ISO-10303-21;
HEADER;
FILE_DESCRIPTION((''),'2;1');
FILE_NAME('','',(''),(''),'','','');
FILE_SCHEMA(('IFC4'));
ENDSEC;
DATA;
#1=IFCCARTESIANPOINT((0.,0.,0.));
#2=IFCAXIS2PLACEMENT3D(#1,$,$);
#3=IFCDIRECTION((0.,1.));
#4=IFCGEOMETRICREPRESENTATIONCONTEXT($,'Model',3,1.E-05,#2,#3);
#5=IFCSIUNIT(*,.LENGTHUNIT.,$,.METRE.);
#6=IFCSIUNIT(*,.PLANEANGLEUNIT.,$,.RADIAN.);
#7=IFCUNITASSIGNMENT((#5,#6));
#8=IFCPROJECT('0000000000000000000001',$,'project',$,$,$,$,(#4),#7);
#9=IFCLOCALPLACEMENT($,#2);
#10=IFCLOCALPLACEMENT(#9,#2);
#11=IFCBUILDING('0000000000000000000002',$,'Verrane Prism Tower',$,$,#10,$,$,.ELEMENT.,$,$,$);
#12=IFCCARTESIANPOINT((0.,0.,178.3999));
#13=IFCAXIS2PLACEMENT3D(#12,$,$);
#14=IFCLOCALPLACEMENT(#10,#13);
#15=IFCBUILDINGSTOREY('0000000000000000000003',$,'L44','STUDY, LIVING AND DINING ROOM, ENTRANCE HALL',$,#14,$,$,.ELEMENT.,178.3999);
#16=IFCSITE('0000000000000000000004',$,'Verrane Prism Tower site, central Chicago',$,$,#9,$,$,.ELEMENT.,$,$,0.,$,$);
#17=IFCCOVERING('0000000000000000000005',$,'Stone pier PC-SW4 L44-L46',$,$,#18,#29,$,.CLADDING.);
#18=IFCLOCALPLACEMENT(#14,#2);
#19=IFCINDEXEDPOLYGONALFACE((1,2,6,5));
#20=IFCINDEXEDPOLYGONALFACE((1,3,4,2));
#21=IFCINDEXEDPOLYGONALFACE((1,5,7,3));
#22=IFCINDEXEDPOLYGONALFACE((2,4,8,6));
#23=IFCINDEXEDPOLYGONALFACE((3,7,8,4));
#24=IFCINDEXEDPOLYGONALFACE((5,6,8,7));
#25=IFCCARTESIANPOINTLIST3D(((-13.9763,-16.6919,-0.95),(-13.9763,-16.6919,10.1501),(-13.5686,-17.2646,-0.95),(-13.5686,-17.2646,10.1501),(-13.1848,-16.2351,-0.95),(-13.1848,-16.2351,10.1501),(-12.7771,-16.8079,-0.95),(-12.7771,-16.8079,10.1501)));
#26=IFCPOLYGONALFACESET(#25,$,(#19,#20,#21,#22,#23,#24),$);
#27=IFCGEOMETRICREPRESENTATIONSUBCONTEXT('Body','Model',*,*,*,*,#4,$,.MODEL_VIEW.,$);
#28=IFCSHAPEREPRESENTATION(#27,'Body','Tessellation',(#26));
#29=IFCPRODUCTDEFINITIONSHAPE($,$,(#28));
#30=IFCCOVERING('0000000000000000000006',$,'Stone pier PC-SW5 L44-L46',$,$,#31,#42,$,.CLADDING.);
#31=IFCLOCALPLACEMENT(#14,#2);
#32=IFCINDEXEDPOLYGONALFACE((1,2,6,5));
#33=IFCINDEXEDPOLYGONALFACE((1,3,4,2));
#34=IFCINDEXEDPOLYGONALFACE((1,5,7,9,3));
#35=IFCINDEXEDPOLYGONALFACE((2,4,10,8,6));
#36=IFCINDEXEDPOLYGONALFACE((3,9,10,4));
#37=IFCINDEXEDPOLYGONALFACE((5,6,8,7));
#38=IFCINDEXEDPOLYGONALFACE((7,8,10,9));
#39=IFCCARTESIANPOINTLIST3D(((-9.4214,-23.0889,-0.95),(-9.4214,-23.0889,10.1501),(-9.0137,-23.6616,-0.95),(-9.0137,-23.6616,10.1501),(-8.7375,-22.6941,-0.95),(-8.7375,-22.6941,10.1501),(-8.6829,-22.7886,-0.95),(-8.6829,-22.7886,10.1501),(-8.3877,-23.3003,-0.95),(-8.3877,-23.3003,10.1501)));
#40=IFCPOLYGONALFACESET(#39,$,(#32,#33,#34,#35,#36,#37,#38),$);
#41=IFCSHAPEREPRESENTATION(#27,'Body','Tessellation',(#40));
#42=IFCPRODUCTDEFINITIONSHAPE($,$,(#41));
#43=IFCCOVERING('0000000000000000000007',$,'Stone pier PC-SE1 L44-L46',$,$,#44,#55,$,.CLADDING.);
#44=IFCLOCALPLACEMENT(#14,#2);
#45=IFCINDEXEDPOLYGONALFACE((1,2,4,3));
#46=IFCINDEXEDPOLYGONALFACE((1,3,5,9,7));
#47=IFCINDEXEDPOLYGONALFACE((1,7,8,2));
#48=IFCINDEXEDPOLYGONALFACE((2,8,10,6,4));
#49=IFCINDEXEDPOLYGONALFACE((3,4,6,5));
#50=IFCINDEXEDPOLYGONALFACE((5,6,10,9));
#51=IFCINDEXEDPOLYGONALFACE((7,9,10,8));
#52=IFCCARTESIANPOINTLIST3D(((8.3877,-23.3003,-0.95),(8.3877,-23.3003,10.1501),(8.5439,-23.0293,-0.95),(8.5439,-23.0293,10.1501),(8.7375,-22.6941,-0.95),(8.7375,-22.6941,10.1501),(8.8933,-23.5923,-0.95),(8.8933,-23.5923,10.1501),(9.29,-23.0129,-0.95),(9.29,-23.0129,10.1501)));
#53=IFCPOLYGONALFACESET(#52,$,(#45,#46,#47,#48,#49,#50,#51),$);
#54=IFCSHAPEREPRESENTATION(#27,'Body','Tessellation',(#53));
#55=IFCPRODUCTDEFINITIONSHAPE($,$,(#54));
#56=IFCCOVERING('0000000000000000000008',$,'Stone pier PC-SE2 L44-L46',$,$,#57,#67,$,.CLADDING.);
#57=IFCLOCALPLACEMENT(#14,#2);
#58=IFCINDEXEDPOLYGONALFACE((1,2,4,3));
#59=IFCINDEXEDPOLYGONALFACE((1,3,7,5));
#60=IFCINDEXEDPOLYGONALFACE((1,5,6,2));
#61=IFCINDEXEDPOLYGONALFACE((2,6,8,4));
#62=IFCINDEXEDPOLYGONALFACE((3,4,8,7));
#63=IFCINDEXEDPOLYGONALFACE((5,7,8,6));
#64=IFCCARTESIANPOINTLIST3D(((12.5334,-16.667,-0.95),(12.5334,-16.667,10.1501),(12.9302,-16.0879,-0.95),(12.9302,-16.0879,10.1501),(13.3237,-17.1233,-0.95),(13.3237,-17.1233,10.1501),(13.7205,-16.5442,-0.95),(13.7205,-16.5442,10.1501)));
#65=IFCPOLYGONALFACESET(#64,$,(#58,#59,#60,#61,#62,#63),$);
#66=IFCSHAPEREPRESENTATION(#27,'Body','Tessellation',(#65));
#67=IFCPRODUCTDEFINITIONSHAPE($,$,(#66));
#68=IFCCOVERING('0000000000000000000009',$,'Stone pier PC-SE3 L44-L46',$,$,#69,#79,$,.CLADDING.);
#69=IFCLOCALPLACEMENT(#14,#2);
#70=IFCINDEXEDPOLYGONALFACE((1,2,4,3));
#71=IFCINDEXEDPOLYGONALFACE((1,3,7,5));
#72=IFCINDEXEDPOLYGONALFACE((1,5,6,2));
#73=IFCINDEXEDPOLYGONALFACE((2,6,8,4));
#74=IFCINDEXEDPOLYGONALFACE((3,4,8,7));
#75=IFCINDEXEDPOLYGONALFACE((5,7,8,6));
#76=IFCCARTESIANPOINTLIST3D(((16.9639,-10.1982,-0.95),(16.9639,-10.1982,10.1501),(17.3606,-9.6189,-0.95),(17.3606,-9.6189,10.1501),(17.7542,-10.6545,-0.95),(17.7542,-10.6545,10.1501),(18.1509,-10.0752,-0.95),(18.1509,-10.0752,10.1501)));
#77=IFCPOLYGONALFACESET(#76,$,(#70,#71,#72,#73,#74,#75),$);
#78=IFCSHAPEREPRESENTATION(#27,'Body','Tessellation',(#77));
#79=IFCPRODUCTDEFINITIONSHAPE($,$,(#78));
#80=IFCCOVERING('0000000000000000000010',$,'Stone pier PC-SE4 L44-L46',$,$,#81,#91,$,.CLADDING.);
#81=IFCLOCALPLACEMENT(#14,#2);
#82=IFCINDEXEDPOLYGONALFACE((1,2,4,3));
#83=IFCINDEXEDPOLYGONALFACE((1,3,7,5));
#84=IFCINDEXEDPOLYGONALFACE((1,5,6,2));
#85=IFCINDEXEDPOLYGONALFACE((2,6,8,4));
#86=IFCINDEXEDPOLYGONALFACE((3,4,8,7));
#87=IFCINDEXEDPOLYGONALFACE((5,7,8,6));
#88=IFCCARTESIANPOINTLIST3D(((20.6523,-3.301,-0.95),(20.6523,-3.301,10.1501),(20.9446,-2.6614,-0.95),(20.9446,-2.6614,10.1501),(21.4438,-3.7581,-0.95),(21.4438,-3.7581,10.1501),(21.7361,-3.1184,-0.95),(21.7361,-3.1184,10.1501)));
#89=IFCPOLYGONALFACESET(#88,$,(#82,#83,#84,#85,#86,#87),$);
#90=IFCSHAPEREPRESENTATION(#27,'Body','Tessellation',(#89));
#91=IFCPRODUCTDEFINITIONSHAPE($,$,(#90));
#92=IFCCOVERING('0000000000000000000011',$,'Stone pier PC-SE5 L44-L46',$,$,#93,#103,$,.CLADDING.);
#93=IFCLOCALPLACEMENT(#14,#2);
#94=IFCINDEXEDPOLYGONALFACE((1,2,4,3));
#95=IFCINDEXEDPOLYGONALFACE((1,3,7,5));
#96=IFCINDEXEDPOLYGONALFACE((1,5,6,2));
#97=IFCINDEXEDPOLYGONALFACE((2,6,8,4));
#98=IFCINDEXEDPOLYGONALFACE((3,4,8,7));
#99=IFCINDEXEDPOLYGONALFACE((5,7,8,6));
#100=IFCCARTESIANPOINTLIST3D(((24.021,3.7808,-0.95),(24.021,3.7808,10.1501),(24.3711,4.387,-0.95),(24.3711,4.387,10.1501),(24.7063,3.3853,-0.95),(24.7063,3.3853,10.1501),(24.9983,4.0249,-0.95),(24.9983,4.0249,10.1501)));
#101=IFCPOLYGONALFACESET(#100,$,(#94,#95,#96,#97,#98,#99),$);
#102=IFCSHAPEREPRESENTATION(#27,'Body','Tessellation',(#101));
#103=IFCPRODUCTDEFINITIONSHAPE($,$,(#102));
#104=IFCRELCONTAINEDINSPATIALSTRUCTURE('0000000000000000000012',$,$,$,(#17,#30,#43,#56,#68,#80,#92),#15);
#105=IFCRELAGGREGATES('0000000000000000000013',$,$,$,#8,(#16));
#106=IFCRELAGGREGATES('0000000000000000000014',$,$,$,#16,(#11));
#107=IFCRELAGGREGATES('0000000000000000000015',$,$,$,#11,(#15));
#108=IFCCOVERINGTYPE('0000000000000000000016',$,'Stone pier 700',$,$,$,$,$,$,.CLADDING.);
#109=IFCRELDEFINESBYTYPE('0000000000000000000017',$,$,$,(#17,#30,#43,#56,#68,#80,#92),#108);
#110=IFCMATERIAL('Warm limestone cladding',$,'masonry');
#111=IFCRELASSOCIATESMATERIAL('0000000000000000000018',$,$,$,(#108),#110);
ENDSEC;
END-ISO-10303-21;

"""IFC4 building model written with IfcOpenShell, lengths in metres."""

from ifc_helpers import new_model, si_unit, direction, frame, origin, place, context, subcontext, project, spatial, polyline, outline, extrude, material, type_object, element, save


model = new_model("IFC4")

# Units and contexts
model_context = context("Model", 3, precision=1e-05, world=origin(), true_north=direction((0.0, 1.0)))
body_context = subcontext(model_context, "Body", "Model", "MODEL_VIEW")
ifc_project = project(units=[si_unit("LENGTHUNIT", "METRE"), si_unit("PLANEANGLEUNIT", "RADIAN")], contexts=[model_context])

# Site, building, storey
site_placement = place(None, origin())
site = spatial("IfcSite", under=ifc_project, at=site_placement, Name="Verrane Prism Tower site, central Chicago", CompositionType="ELEMENT", RefElevation=0.0)
building_placement = place(site_placement, origin())
building = spatial("IfcBuilding", under=site, at=building_placement, Name="Verrane Prism Tower", CompositionType="ELEMENT")
storey_placement = place(building_placement, frame((0.0, 0.0, 178.3999)))
storey = spatial("IfcBuildingStorey", under=building, at=storey_placement, Name="L44", Description="STUDY, LIVING AND DINING ROOM, ENTRANCE HALL", CompositionType="ELEMENT", Elevation=178.3999)

# Coverings
ifc_material_1 = material(Name="Warm limestone cladding", Category="masonry")
covering_type_1 = type_object("IfcCoveringType", Name="Stone pier 700", PredefinedType="CLADDING", material=ifc_material_1)
covering_1_placement = place(storey_placement, frame((0.0, 0.0, -0.95)))
element("IfcCovering", 1, at=covering_1_placement, inside=storey, type_object=covering_type_1, Name="Stone pier PC-SW4 L44-L46", PredefinedType="CLADDING", context=body_context, shape_type="SweptSolid", body=[
    extrude(outline(polyline([(-13.5686, -17.2646), (-12.7771, -16.8079), (-13.1848, -16.2351), (-13.9763, -16.6919), (-13.5686, -17.2646)])), origin(), (0.0, 0.0, 1.0), 11.1001),
])
covering_2_placement = place(storey_placement, frame((0.0, 0.0, -0.95)))
element("IfcCovering", 2, at=covering_2_placement, inside=storey, type_object=covering_type_1, Name="Stone pier PC-SW5 L44-L46", PredefinedType="CLADDING", context=body_context, shape_type="SweptSolid", body=[
    extrude(outline(polyline([(-8.3877, -23.3003), (-8.6829, -22.7886), (-8.7375, -22.6941), (-9.4214, -23.0889), (-9.0137, -23.6616), (-8.3877, -23.3003)])), origin(), (0.0, 0.0, 1.0), 11.1001),
])
covering_3_placement = place(storey_placement, frame((0.0, 0.0, -0.95)))
element("IfcCovering", 3, at=covering_3_placement, inside=storey, type_object=covering_type_1, Name="Stone pier PC-SE1 L44-L46", PredefinedType="CLADDING", context=body_context, shape_type="SweptSolid", body=[
    extrude(outline(polyline([(8.7375, -22.6941), (8.5439, -23.0293), (8.3877, -23.3003), (8.8933, -23.5923), (9.29, -23.0129), (8.7375, -22.6941)])), origin(), (0.0, 0.0, 1.0), 11.1001),
])
covering_4_placement = place(storey_placement, frame((0.0, 0.0, -0.95)))
element("IfcCovering", 4, at=covering_4_placement, inside=storey, type_object=covering_type_1, Name="Stone pier PC-SE2 L44-L46", PredefinedType="CLADDING", context=body_context, shape_type="SweptSolid", body=[
    extrude(outline(polyline([(13.7205, -16.5442), (12.9302, -16.0879), (12.5334, -16.667), (13.3237, -17.1233), (13.7205, -16.5442)])), origin(), (0.0, 0.0, 1.0), 11.1001),
])
covering_5_placement = place(storey_placement, frame((0.0, 0.0, -0.95)))
element("IfcCovering", 5, at=covering_5_placement, inside=storey, type_object=covering_type_1, Name="Stone pier PC-SE3 L44-L46", PredefinedType="CLADDING", context=body_context, shape_type="SweptSolid", body=[
    extrude(outline(polyline([(18.1509, -10.0752), (17.3606, -9.6189), (16.9639, -10.1982), (17.7542, -10.6545), (18.1509, -10.0752)])), origin(), (0.0, 0.0, 1.0), 11.1001),
])
covering_6_placement = place(storey_placement, frame((0.0, 0.0, -0.95)))
element("IfcCovering", 6, at=covering_6_placement, inside=storey, type_object=covering_type_1, Name="Stone pier PC-SE4 L44-L46", PredefinedType="CLADDING", context=body_context, shape_type="SweptSolid", body=[
    extrude(outline(polyline([(21.7361, -3.1184), (20.9446, -2.6614), (20.6523, -3.301), (21.4438, -3.7581), (21.7361, -3.1184)])), origin(), (0.0, 0.0, 1.0), 11.1001),
])
covering_7_placement = place(storey_placement, frame((0.0, 0.0, -0.95)))
element("IfcCovering", 7, at=covering_7_placement, inside=storey, type_object=covering_type_1, Name="Stone pier PC-SE5 L44-L46", PredefinedType="CLADDING", context=body_context, shape_type="SweptSolid", body=[
    extrude(outline(polyline([(24.3711, 4.387), (24.021, 3.7808), (24.7063, 3.3853), (24.9983, 4.0249), (24.3711, 4.387)])), origin(), (0.0, 0.0, 1.0), 11.1001),
])

save(model, "model.ifc")
